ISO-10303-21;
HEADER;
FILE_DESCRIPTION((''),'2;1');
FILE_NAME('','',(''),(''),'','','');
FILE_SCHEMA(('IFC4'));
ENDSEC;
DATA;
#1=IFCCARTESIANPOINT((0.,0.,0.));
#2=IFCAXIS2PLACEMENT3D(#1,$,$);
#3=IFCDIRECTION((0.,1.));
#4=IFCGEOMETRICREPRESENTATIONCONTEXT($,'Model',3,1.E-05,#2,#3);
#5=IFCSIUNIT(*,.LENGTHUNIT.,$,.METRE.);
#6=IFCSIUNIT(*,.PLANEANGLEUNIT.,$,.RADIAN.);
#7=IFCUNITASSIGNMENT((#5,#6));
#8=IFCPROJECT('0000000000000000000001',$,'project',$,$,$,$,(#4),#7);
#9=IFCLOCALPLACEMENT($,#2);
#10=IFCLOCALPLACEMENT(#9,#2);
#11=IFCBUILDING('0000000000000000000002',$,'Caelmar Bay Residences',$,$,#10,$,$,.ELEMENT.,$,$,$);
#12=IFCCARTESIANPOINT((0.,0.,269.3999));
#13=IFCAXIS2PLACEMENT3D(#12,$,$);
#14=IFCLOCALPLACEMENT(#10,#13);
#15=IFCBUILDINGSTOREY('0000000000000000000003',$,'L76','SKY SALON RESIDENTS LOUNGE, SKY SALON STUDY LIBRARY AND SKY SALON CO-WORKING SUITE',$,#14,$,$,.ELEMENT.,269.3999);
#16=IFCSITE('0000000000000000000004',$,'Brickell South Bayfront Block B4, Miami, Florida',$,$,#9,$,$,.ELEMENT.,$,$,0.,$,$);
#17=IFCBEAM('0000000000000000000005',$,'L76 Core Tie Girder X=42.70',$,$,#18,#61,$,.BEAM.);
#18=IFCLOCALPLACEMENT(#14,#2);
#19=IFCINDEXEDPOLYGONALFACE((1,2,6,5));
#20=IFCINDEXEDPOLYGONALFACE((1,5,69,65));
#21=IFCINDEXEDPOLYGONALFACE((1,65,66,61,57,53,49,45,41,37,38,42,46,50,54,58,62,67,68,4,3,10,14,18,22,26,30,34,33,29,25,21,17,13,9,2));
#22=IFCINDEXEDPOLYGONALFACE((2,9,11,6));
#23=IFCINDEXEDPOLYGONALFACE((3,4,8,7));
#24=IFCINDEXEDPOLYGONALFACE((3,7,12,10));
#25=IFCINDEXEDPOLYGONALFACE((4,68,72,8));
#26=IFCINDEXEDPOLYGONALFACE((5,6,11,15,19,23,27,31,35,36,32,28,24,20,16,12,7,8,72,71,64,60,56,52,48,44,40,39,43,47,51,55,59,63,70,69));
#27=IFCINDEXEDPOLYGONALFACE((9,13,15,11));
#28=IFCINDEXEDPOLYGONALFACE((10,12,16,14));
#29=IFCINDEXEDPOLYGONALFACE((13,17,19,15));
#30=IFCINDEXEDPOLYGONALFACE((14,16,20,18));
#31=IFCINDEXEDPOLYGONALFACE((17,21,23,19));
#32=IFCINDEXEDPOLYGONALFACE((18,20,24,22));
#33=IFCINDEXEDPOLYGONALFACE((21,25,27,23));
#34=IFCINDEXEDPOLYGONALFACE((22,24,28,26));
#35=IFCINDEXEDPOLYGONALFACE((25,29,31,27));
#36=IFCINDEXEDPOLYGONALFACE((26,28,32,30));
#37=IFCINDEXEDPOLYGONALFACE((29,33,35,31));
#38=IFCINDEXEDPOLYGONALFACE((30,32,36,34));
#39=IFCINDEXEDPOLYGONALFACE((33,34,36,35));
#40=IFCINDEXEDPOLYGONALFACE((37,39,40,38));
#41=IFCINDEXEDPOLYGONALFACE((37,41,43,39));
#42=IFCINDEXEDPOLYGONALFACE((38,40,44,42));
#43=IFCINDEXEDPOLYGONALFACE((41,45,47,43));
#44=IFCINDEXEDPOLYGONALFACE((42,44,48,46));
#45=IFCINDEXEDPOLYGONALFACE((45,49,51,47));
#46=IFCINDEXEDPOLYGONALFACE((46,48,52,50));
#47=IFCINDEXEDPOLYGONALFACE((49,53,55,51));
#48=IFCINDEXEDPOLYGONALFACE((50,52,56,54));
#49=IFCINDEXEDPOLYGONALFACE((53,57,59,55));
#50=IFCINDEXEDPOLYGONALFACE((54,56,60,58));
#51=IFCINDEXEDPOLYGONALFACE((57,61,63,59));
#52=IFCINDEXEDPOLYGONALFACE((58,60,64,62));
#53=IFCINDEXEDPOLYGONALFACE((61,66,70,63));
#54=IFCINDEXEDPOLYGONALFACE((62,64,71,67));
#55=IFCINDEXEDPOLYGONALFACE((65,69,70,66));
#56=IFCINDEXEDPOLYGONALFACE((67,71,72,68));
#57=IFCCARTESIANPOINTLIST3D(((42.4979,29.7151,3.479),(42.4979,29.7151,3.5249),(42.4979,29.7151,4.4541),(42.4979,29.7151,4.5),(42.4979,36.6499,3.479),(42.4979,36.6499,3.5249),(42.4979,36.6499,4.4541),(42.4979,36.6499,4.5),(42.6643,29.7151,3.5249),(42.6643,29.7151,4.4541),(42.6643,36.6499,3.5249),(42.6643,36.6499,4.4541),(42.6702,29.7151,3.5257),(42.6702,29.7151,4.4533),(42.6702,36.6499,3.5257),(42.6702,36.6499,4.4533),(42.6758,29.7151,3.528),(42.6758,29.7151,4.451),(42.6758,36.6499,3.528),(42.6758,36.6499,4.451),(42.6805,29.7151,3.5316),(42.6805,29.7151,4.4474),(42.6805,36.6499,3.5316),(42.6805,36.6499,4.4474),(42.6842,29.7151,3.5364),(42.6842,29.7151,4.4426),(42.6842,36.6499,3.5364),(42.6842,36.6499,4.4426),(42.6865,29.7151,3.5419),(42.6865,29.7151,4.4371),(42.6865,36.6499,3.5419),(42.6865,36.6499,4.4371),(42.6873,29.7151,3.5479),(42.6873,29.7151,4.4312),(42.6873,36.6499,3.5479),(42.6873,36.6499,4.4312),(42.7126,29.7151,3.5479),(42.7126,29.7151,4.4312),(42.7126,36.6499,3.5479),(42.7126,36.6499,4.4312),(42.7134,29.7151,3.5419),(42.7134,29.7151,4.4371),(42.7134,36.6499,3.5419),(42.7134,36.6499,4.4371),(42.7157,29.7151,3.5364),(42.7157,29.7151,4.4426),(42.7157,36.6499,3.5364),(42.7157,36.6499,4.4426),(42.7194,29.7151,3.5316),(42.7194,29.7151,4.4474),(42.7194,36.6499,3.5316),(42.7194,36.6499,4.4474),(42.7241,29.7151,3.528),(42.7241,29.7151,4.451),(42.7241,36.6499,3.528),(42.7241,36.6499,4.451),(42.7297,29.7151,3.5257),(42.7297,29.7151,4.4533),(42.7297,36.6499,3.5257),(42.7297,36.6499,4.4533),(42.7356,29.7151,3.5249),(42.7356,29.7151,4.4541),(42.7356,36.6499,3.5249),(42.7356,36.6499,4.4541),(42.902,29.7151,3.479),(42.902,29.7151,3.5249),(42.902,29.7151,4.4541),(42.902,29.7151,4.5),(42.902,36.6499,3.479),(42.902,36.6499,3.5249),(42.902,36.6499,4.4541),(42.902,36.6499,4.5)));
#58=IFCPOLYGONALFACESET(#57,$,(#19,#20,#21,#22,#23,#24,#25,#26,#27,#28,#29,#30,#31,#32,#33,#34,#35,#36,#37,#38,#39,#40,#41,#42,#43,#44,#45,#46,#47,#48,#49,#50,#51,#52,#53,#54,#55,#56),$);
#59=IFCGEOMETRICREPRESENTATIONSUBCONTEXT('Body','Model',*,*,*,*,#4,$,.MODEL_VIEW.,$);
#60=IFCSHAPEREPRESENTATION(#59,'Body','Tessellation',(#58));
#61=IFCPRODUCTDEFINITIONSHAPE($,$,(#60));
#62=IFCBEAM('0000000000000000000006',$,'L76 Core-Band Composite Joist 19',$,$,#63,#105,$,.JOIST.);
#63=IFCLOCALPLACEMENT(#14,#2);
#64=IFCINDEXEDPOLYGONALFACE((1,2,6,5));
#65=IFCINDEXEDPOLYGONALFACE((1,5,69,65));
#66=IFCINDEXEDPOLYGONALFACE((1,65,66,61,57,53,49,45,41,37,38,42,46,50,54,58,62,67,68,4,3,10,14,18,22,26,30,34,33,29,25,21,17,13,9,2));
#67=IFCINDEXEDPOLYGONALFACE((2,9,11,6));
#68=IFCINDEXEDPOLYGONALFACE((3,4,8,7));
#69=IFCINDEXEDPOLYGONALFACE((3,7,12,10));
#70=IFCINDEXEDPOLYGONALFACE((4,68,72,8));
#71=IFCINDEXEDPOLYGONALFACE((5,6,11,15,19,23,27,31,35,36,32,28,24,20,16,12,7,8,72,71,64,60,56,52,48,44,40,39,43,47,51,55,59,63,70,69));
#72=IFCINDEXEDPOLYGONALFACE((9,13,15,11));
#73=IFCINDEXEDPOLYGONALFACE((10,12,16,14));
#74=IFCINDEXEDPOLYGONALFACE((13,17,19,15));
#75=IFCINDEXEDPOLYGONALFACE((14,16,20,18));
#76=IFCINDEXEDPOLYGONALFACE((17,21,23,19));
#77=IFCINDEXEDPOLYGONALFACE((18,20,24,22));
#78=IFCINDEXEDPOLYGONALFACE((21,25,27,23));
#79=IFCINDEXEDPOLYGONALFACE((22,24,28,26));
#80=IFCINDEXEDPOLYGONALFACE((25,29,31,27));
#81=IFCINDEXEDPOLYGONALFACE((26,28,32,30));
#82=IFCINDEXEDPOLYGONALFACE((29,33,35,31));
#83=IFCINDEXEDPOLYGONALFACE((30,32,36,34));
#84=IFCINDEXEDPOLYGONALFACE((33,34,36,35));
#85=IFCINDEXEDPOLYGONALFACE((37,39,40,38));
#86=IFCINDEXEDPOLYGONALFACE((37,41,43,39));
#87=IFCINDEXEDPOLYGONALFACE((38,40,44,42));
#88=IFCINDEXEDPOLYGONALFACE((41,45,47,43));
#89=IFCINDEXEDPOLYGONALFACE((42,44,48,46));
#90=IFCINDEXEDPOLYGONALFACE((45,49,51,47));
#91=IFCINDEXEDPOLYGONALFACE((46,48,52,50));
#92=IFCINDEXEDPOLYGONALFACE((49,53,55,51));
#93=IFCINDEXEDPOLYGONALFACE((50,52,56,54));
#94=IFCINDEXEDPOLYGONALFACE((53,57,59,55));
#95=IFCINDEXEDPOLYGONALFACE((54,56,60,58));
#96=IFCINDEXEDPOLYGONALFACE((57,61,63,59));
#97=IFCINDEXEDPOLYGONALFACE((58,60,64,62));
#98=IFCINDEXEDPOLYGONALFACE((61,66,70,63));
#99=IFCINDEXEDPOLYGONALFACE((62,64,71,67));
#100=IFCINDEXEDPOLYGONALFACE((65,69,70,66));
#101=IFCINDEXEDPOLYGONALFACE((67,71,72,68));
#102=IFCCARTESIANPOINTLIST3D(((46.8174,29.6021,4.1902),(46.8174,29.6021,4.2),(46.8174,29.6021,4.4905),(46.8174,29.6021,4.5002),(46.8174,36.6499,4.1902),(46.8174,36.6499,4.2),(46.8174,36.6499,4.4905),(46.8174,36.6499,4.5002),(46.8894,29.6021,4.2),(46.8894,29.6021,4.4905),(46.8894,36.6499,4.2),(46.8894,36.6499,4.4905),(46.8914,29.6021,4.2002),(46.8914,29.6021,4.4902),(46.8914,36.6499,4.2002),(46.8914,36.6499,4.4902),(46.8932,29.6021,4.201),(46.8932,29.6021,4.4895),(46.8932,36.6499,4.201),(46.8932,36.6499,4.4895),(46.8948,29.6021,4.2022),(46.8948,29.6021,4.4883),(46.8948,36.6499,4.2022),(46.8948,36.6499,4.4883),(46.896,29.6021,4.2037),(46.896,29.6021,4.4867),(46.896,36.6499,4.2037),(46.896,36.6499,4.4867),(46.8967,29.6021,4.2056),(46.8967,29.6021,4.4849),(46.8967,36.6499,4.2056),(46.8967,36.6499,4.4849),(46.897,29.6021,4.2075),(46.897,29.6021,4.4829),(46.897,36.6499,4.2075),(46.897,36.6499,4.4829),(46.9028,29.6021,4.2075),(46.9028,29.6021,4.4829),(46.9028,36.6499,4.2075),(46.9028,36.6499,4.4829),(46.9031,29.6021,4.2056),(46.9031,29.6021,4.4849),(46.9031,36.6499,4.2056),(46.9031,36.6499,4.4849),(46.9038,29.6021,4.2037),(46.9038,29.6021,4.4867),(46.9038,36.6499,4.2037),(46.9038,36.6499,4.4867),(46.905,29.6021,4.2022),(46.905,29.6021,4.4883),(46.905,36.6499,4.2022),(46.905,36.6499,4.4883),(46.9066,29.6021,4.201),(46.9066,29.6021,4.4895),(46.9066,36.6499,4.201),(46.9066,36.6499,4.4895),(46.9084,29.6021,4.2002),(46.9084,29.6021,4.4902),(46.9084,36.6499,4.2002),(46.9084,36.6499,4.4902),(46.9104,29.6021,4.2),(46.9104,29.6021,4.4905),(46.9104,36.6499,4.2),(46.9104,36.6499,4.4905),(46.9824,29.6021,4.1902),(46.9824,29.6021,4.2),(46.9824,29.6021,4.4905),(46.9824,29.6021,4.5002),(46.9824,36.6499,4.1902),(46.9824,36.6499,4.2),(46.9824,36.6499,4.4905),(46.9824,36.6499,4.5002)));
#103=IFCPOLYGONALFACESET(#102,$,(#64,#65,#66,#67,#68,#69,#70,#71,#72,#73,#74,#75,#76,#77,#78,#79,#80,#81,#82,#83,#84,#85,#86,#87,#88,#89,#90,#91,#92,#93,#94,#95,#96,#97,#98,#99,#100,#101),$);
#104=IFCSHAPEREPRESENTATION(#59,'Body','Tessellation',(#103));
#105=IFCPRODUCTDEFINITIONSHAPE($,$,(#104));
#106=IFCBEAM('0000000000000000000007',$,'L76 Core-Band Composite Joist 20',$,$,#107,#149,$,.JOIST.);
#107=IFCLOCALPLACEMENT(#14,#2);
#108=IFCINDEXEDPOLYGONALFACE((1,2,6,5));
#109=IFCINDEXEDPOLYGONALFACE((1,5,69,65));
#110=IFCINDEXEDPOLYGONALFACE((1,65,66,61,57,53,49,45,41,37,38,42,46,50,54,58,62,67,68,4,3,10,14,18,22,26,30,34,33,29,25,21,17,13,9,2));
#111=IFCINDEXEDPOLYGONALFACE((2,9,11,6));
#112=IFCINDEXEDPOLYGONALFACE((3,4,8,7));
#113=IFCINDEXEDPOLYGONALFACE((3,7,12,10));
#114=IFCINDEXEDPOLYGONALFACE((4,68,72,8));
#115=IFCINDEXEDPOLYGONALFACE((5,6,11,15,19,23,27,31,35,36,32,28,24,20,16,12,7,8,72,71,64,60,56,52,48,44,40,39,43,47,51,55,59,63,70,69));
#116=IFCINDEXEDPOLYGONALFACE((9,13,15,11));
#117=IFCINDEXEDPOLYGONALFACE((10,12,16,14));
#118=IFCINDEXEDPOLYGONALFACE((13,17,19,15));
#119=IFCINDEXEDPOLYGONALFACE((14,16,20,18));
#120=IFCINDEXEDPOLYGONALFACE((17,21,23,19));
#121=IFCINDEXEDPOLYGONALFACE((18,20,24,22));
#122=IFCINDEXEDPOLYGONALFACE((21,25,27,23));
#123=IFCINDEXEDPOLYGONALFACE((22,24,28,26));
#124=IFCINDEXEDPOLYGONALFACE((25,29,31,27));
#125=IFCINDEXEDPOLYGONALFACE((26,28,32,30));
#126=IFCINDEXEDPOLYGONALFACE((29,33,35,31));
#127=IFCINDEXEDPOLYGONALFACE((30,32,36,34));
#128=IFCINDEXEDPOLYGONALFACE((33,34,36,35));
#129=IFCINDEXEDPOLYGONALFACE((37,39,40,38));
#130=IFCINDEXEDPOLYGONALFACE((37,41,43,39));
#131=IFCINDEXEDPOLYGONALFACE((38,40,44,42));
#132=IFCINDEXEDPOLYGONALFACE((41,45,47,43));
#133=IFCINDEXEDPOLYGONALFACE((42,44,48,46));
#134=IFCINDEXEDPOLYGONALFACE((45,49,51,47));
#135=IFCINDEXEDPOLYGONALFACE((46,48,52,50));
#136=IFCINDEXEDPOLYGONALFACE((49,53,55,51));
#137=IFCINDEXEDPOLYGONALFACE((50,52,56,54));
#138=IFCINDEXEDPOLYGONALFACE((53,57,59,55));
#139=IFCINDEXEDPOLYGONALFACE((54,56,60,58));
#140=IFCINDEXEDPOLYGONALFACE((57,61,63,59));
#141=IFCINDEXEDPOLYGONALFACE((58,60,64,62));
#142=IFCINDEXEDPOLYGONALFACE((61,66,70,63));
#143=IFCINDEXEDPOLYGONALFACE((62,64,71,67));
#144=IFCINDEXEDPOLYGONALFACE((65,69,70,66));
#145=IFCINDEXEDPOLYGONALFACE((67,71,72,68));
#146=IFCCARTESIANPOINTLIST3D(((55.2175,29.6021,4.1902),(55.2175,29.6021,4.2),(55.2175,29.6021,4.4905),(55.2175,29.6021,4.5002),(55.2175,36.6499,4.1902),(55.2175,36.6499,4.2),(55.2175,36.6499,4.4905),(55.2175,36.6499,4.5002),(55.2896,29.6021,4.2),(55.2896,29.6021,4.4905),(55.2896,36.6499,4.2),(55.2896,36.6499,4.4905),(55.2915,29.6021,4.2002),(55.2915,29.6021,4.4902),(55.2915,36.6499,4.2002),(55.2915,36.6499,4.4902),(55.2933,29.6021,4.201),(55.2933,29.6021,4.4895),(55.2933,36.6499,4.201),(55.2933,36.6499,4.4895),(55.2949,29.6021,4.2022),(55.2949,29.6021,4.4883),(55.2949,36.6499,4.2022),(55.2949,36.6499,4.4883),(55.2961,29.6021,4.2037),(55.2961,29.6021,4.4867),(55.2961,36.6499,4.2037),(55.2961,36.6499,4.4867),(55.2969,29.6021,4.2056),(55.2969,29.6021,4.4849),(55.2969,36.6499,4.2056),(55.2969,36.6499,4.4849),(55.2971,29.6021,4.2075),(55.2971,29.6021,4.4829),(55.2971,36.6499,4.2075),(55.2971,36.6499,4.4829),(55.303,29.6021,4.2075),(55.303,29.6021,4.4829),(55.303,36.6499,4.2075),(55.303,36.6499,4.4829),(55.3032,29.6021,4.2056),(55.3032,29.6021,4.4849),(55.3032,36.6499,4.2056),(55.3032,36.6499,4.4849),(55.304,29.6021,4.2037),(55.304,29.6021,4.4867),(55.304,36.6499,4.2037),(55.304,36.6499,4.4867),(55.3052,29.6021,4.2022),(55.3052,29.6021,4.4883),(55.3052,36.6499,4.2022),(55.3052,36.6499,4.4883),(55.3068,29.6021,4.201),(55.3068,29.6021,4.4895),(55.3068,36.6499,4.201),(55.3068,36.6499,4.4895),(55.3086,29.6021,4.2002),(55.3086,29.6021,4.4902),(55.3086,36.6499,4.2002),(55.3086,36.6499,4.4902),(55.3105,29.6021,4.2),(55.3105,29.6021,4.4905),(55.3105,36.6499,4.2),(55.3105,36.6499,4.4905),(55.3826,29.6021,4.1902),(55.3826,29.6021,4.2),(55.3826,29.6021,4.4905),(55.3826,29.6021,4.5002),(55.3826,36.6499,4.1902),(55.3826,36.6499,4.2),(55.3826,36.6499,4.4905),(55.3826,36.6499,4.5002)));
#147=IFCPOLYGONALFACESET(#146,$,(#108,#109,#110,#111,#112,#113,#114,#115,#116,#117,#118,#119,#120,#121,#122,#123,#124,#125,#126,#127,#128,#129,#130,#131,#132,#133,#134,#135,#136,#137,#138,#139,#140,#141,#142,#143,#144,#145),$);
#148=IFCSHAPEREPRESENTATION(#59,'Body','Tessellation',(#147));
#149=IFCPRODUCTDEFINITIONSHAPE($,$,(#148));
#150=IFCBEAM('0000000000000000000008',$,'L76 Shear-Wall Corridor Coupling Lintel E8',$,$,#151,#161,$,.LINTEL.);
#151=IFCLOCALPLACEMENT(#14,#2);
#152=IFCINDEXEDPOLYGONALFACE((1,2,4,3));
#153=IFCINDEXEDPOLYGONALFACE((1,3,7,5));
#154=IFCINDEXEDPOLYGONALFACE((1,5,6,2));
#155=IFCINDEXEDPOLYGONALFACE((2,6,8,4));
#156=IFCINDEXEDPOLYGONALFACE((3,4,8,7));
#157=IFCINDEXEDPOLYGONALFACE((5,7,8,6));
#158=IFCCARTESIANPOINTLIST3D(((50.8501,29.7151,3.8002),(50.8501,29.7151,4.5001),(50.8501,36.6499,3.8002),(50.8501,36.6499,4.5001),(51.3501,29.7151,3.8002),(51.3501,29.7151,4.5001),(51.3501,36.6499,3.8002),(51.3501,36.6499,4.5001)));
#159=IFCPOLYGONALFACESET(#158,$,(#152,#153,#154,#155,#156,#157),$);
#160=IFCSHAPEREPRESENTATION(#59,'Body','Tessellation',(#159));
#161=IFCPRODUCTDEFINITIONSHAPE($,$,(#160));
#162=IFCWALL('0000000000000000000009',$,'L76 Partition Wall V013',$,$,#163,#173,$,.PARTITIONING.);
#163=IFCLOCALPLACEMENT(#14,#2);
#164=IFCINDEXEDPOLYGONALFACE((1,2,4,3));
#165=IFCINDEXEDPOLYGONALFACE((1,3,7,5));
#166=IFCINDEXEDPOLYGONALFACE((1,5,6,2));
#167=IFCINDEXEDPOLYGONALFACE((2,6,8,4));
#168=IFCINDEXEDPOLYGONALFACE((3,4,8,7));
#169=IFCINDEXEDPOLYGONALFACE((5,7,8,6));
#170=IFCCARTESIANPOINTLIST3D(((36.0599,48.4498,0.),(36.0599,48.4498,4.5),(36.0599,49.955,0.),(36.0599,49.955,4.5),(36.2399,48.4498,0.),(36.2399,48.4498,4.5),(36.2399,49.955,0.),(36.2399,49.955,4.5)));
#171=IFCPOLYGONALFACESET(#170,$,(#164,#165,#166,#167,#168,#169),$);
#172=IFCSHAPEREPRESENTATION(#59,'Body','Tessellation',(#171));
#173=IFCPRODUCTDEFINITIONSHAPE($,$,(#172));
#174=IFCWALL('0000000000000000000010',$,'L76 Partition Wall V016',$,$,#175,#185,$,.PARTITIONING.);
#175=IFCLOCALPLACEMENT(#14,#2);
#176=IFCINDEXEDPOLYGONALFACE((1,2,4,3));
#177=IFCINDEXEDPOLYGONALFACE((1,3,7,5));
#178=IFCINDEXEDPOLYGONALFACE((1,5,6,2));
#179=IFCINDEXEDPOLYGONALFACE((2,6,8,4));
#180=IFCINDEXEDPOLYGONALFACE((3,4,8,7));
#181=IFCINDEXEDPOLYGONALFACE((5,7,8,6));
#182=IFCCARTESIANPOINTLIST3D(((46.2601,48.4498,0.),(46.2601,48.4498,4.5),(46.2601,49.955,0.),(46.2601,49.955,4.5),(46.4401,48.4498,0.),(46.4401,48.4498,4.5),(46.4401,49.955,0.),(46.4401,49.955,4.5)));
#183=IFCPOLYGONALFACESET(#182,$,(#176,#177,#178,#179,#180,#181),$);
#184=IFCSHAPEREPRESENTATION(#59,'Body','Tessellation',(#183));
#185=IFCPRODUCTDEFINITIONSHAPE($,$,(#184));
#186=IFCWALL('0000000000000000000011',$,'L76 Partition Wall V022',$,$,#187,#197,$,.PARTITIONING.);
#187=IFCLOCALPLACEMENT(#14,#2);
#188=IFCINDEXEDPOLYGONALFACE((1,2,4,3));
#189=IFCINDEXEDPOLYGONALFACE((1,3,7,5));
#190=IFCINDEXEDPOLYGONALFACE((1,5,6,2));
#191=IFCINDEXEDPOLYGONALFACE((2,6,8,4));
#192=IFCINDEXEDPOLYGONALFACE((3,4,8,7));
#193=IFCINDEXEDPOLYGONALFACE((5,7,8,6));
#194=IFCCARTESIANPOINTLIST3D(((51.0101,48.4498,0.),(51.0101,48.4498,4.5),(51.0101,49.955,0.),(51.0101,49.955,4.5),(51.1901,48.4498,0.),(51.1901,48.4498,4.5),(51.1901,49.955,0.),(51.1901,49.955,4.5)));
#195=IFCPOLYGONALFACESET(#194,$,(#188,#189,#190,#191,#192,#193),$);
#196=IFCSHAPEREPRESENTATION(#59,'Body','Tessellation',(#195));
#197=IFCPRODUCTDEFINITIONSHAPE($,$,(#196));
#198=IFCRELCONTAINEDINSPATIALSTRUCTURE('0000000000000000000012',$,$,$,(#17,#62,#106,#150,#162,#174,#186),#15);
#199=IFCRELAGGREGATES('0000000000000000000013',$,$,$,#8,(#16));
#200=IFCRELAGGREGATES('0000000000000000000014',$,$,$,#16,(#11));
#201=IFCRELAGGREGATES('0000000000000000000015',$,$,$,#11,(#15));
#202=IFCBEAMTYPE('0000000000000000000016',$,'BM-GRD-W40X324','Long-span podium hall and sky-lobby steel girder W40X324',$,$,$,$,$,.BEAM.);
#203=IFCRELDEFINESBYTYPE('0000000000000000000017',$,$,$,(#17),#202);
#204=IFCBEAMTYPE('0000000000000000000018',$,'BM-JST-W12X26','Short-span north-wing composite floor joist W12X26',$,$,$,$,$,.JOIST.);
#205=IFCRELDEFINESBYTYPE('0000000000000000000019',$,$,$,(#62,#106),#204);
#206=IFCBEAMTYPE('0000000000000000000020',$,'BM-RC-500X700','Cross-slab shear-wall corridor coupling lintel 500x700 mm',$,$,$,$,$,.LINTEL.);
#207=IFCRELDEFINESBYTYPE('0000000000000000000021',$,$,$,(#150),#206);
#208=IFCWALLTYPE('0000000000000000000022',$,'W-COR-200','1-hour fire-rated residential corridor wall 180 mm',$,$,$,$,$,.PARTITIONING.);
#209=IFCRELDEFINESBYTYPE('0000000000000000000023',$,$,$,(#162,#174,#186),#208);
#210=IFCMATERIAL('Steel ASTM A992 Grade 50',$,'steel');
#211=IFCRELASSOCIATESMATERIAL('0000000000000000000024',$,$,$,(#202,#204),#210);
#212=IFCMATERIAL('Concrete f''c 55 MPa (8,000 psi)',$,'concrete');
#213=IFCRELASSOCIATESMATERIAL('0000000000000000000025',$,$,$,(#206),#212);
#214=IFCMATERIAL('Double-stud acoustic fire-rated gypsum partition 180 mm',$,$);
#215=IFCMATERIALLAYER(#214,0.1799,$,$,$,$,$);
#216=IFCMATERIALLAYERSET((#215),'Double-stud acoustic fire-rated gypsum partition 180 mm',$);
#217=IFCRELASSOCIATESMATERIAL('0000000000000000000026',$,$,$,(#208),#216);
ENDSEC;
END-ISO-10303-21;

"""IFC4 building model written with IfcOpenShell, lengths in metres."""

from ifc_helpers import new_model, si_unit, direction, frame, frame_2d, origin, origin_2d, place, context, subcontext, project, spatial, rectangle, i_section, extrude, material, layer, layer_set, material_profile, profile_set, type_object, element, save


model = new_model("IFC4")

# Units and contexts
model_context = context("Model", 3, precision=1e-05, world=origin(), true_north=direction((0.0, 1.0)))
body_context = subcontext(model_context, "Body", "Model", "MODEL_VIEW")
ifc_project = project(units=[si_unit("LENGTHUNIT", "METRE"), si_unit("PLANEANGLEUNIT", "RADIAN")], contexts=[model_context])

# Site, building, storey
site_placement = place(None, origin())
site = spatial("IfcSite", under=ifc_project, at=site_placement, Name="Brickell South Bayfront Block B4, Miami, Florida", CompositionType="ELEMENT", RefElevation=0.0)
building_placement = place(site_placement, origin())
building = spatial("IfcBuilding", under=site, at=building_placement, Name="Caelmar Bay Residences", CompositionType="ELEMENT")
storey_placement = place(building_placement, frame((0.0, 0.0, 269.3999)))
storey = spatial("IfcBuildingStorey", under=building, at=storey_placement, Name="L76", Description="SKY SALON RESIDENTS LOUNGE, SKY SALON STUDY LIBRARY AND SKY SALON CO-WORKING SUITE", CompositionType="ELEMENT", Elevation=269.3999)

# Beams
ifc_material_1 = material(Name="Steel ASTM A992 Grade 50", Category="steel")
ifc_material_profile_1 = material_profile(ifc_material_1, i_section(OverallWidth=0.4041, OverallDepth=1.021, WebThickness=0.0254, FlangeThickness=0.0459, FilletRadius=0.0229, at=origin_2d()), Name="W40X324")
ifc_profile_set_1 = profile_set([ifc_material_profile_1], Name="Steel ASTM A992 Grade 50")
beam_type_1 = type_object("IfcBeamType", Name="BM-GRD-W40X324", Description="Long-span podium hall and sky-lobby steel girder W40X324", PredefinedType="BEAM", material=ifc_profile_set_1)
beam_1_placement = place(storey_placement, frame((42.7, 29.7151, 3.9895), z_axis=(0.0, 1.0, 0.0), x_axis=(-1.0, 0.0, 0.0)))
element("IfcBeam", 1, at=beam_1_placement, inside=storey, type_object=beam_type_1, Name="L76 Core Tie Girder X=42.70", PredefinedType="BEAM", context=body_context, shape_type="SweptSolid", body=[
    extrude(i_section(OverallWidth=0.4041, OverallDepth=1.021, WebThickness=0.0254, FlangeThickness=0.0459, FilletRadius=0.0229, at=origin_2d()), origin(), (0.0, 0.0, 1.0), 6.9348),
])
ifc_material_profile_2 = material_profile(ifc_material_1, i_section(OverallWidth=0.165, OverallDepth=0.3101, WebThickness=0.0059, FlangeThickness=0.0098, FilletRadius=0.0076, at=origin_2d()), Name="W12X26")
ifc_profile_set_2 = profile_set([ifc_material_profile_2], Name="Steel ASTM A992 Grade 50")
beam_type_2 = type_object("IfcBeamType", Name="BM-JST-W12X26", Description="Short-span north-wing composite floor joist W12X26", PredefinedType="JOIST", material=ifc_profile_set_2)
for number, where, z_axis, x_axis, name in (
    (2, (46.8999, 29.6021, 4.3452), (0.0, 1.0, 0.0), (-1.0, 0.0, 0.0), "L76 Core-Band Composite Joist 19"),
    (3, (55.3, 29.6021, 4.3452), (0.0, 1.0, 0.0), (-1.0, 0.0, 0.0), "L76 Core-Band Composite Joist 20"),
):
    element("IfcBeam", number, at=place(storey_placement, frame(where, z_axis=z_axis, x_axis=x_axis)), inside=storey, type_object=beam_type_2, Name=name, PredefinedType="JOIST", context=body_context, shape_type="SweptSolid", body=[
        extrude(i_section(OverallWidth=0.165, OverallDepth=0.3101, WebThickness=0.0059, FlangeThickness=0.0098, FilletRadius=0.0076, at=origin_2d()), origin(), (0.0, 0.0, 1.0), 7.0479),
    ])
ifc_material_2 = material(Name="Concrete f'c 55 MPa (8,000 psi)", Category="concrete")
ifc_material_profile_3 = material_profile(ifc_material_2, rectangle(XDim=0.5, YDim=0.7, at=origin_2d()), Name="RC-BM-500X700")
ifc_profile_set_3 = profile_set([ifc_material_profile_3], Name="Concrete f'c 55 MPa (8,000 psi)")
beam_type_3 = type_object("IfcBeamType", Name="BM-RC-500X700", Description="Cross-slab shear-wall corridor coupling lintel 500x700 mm", PredefinedType="LINTEL", material=ifc_profile_set_3)
beam_2_placement = place(storey_placement, frame((51.1001, 29.7151, 4.1501), z_axis=(0.0, 1.0, 0.0), x_axis=(-1.0, 0.0, 0.0)))
element("IfcBeam", 4, at=beam_2_placement, inside=storey, type_object=beam_type_3, Name="L76 Shear-Wall Corridor Coupling Lintel E8", PredefinedType="LINTEL", context=body_context, shape_type="SweptSolid", body=[
    extrude(rectangle(XDim=0.5, YDim=0.7, at=origin_2d()), origin(), (0.0, 0.0, 1.0), 6.9348),
])

# Walls
ifc_material_3 = material(Name="Double-stud acoustic fire-rated gypsum partition 180 mm")
ifc_layer_1 = layer(ifc_material_3, 0.1799)
ifc_layer_set_1 = layer_set([ifc_layer_1], Name="Double-stud acoustic fire-rated gypsum partition 180 mm")
wall_type_1 = type_object("IfcWallType", Name="W-COR-200", Description="1-hour fire-rated residential corridor wall 180 mm", PredefinedType="PARTITIONING", material=ifc_layer_set_1)
for number, where, z_axis, x_axis, name in (
    (5, (36.1499, 48.45, 0.0), (0.0, 0.0, 1.0), (0.0, 1.0, 0.0), "L76 Partition Wall V013"),
    (6, (46.3501, 48.45, 0.0), (0.0, 0.0, 1.0), (0.0, 1.0, 0.0), "L76 Partition Wall V016"),
    (7, (51.1001, 48.45, 0.0), (0.0, 0.0, 1.0), (0.0, 1.0, 0.0), "L76 Partition Wall V022"),
):
    element("IfcWall", number, at=place(storey_placement, frame(where, z_axis=z_axis, x_axis=x_axis)), inside=storey, type_object=wall_type_1, Name=name, PredefinedType="PARTITIONING", context=body_context, shape_type="SweptSolid", body=[
        extrude(rectangle(XDim=1.5051, YDim=0.1799, at=frame_2d((0.7524, 0.0))), origin(), (0.0, 0.0, 1.0), 4.5),
    ])

save(model, "model.ifc")
